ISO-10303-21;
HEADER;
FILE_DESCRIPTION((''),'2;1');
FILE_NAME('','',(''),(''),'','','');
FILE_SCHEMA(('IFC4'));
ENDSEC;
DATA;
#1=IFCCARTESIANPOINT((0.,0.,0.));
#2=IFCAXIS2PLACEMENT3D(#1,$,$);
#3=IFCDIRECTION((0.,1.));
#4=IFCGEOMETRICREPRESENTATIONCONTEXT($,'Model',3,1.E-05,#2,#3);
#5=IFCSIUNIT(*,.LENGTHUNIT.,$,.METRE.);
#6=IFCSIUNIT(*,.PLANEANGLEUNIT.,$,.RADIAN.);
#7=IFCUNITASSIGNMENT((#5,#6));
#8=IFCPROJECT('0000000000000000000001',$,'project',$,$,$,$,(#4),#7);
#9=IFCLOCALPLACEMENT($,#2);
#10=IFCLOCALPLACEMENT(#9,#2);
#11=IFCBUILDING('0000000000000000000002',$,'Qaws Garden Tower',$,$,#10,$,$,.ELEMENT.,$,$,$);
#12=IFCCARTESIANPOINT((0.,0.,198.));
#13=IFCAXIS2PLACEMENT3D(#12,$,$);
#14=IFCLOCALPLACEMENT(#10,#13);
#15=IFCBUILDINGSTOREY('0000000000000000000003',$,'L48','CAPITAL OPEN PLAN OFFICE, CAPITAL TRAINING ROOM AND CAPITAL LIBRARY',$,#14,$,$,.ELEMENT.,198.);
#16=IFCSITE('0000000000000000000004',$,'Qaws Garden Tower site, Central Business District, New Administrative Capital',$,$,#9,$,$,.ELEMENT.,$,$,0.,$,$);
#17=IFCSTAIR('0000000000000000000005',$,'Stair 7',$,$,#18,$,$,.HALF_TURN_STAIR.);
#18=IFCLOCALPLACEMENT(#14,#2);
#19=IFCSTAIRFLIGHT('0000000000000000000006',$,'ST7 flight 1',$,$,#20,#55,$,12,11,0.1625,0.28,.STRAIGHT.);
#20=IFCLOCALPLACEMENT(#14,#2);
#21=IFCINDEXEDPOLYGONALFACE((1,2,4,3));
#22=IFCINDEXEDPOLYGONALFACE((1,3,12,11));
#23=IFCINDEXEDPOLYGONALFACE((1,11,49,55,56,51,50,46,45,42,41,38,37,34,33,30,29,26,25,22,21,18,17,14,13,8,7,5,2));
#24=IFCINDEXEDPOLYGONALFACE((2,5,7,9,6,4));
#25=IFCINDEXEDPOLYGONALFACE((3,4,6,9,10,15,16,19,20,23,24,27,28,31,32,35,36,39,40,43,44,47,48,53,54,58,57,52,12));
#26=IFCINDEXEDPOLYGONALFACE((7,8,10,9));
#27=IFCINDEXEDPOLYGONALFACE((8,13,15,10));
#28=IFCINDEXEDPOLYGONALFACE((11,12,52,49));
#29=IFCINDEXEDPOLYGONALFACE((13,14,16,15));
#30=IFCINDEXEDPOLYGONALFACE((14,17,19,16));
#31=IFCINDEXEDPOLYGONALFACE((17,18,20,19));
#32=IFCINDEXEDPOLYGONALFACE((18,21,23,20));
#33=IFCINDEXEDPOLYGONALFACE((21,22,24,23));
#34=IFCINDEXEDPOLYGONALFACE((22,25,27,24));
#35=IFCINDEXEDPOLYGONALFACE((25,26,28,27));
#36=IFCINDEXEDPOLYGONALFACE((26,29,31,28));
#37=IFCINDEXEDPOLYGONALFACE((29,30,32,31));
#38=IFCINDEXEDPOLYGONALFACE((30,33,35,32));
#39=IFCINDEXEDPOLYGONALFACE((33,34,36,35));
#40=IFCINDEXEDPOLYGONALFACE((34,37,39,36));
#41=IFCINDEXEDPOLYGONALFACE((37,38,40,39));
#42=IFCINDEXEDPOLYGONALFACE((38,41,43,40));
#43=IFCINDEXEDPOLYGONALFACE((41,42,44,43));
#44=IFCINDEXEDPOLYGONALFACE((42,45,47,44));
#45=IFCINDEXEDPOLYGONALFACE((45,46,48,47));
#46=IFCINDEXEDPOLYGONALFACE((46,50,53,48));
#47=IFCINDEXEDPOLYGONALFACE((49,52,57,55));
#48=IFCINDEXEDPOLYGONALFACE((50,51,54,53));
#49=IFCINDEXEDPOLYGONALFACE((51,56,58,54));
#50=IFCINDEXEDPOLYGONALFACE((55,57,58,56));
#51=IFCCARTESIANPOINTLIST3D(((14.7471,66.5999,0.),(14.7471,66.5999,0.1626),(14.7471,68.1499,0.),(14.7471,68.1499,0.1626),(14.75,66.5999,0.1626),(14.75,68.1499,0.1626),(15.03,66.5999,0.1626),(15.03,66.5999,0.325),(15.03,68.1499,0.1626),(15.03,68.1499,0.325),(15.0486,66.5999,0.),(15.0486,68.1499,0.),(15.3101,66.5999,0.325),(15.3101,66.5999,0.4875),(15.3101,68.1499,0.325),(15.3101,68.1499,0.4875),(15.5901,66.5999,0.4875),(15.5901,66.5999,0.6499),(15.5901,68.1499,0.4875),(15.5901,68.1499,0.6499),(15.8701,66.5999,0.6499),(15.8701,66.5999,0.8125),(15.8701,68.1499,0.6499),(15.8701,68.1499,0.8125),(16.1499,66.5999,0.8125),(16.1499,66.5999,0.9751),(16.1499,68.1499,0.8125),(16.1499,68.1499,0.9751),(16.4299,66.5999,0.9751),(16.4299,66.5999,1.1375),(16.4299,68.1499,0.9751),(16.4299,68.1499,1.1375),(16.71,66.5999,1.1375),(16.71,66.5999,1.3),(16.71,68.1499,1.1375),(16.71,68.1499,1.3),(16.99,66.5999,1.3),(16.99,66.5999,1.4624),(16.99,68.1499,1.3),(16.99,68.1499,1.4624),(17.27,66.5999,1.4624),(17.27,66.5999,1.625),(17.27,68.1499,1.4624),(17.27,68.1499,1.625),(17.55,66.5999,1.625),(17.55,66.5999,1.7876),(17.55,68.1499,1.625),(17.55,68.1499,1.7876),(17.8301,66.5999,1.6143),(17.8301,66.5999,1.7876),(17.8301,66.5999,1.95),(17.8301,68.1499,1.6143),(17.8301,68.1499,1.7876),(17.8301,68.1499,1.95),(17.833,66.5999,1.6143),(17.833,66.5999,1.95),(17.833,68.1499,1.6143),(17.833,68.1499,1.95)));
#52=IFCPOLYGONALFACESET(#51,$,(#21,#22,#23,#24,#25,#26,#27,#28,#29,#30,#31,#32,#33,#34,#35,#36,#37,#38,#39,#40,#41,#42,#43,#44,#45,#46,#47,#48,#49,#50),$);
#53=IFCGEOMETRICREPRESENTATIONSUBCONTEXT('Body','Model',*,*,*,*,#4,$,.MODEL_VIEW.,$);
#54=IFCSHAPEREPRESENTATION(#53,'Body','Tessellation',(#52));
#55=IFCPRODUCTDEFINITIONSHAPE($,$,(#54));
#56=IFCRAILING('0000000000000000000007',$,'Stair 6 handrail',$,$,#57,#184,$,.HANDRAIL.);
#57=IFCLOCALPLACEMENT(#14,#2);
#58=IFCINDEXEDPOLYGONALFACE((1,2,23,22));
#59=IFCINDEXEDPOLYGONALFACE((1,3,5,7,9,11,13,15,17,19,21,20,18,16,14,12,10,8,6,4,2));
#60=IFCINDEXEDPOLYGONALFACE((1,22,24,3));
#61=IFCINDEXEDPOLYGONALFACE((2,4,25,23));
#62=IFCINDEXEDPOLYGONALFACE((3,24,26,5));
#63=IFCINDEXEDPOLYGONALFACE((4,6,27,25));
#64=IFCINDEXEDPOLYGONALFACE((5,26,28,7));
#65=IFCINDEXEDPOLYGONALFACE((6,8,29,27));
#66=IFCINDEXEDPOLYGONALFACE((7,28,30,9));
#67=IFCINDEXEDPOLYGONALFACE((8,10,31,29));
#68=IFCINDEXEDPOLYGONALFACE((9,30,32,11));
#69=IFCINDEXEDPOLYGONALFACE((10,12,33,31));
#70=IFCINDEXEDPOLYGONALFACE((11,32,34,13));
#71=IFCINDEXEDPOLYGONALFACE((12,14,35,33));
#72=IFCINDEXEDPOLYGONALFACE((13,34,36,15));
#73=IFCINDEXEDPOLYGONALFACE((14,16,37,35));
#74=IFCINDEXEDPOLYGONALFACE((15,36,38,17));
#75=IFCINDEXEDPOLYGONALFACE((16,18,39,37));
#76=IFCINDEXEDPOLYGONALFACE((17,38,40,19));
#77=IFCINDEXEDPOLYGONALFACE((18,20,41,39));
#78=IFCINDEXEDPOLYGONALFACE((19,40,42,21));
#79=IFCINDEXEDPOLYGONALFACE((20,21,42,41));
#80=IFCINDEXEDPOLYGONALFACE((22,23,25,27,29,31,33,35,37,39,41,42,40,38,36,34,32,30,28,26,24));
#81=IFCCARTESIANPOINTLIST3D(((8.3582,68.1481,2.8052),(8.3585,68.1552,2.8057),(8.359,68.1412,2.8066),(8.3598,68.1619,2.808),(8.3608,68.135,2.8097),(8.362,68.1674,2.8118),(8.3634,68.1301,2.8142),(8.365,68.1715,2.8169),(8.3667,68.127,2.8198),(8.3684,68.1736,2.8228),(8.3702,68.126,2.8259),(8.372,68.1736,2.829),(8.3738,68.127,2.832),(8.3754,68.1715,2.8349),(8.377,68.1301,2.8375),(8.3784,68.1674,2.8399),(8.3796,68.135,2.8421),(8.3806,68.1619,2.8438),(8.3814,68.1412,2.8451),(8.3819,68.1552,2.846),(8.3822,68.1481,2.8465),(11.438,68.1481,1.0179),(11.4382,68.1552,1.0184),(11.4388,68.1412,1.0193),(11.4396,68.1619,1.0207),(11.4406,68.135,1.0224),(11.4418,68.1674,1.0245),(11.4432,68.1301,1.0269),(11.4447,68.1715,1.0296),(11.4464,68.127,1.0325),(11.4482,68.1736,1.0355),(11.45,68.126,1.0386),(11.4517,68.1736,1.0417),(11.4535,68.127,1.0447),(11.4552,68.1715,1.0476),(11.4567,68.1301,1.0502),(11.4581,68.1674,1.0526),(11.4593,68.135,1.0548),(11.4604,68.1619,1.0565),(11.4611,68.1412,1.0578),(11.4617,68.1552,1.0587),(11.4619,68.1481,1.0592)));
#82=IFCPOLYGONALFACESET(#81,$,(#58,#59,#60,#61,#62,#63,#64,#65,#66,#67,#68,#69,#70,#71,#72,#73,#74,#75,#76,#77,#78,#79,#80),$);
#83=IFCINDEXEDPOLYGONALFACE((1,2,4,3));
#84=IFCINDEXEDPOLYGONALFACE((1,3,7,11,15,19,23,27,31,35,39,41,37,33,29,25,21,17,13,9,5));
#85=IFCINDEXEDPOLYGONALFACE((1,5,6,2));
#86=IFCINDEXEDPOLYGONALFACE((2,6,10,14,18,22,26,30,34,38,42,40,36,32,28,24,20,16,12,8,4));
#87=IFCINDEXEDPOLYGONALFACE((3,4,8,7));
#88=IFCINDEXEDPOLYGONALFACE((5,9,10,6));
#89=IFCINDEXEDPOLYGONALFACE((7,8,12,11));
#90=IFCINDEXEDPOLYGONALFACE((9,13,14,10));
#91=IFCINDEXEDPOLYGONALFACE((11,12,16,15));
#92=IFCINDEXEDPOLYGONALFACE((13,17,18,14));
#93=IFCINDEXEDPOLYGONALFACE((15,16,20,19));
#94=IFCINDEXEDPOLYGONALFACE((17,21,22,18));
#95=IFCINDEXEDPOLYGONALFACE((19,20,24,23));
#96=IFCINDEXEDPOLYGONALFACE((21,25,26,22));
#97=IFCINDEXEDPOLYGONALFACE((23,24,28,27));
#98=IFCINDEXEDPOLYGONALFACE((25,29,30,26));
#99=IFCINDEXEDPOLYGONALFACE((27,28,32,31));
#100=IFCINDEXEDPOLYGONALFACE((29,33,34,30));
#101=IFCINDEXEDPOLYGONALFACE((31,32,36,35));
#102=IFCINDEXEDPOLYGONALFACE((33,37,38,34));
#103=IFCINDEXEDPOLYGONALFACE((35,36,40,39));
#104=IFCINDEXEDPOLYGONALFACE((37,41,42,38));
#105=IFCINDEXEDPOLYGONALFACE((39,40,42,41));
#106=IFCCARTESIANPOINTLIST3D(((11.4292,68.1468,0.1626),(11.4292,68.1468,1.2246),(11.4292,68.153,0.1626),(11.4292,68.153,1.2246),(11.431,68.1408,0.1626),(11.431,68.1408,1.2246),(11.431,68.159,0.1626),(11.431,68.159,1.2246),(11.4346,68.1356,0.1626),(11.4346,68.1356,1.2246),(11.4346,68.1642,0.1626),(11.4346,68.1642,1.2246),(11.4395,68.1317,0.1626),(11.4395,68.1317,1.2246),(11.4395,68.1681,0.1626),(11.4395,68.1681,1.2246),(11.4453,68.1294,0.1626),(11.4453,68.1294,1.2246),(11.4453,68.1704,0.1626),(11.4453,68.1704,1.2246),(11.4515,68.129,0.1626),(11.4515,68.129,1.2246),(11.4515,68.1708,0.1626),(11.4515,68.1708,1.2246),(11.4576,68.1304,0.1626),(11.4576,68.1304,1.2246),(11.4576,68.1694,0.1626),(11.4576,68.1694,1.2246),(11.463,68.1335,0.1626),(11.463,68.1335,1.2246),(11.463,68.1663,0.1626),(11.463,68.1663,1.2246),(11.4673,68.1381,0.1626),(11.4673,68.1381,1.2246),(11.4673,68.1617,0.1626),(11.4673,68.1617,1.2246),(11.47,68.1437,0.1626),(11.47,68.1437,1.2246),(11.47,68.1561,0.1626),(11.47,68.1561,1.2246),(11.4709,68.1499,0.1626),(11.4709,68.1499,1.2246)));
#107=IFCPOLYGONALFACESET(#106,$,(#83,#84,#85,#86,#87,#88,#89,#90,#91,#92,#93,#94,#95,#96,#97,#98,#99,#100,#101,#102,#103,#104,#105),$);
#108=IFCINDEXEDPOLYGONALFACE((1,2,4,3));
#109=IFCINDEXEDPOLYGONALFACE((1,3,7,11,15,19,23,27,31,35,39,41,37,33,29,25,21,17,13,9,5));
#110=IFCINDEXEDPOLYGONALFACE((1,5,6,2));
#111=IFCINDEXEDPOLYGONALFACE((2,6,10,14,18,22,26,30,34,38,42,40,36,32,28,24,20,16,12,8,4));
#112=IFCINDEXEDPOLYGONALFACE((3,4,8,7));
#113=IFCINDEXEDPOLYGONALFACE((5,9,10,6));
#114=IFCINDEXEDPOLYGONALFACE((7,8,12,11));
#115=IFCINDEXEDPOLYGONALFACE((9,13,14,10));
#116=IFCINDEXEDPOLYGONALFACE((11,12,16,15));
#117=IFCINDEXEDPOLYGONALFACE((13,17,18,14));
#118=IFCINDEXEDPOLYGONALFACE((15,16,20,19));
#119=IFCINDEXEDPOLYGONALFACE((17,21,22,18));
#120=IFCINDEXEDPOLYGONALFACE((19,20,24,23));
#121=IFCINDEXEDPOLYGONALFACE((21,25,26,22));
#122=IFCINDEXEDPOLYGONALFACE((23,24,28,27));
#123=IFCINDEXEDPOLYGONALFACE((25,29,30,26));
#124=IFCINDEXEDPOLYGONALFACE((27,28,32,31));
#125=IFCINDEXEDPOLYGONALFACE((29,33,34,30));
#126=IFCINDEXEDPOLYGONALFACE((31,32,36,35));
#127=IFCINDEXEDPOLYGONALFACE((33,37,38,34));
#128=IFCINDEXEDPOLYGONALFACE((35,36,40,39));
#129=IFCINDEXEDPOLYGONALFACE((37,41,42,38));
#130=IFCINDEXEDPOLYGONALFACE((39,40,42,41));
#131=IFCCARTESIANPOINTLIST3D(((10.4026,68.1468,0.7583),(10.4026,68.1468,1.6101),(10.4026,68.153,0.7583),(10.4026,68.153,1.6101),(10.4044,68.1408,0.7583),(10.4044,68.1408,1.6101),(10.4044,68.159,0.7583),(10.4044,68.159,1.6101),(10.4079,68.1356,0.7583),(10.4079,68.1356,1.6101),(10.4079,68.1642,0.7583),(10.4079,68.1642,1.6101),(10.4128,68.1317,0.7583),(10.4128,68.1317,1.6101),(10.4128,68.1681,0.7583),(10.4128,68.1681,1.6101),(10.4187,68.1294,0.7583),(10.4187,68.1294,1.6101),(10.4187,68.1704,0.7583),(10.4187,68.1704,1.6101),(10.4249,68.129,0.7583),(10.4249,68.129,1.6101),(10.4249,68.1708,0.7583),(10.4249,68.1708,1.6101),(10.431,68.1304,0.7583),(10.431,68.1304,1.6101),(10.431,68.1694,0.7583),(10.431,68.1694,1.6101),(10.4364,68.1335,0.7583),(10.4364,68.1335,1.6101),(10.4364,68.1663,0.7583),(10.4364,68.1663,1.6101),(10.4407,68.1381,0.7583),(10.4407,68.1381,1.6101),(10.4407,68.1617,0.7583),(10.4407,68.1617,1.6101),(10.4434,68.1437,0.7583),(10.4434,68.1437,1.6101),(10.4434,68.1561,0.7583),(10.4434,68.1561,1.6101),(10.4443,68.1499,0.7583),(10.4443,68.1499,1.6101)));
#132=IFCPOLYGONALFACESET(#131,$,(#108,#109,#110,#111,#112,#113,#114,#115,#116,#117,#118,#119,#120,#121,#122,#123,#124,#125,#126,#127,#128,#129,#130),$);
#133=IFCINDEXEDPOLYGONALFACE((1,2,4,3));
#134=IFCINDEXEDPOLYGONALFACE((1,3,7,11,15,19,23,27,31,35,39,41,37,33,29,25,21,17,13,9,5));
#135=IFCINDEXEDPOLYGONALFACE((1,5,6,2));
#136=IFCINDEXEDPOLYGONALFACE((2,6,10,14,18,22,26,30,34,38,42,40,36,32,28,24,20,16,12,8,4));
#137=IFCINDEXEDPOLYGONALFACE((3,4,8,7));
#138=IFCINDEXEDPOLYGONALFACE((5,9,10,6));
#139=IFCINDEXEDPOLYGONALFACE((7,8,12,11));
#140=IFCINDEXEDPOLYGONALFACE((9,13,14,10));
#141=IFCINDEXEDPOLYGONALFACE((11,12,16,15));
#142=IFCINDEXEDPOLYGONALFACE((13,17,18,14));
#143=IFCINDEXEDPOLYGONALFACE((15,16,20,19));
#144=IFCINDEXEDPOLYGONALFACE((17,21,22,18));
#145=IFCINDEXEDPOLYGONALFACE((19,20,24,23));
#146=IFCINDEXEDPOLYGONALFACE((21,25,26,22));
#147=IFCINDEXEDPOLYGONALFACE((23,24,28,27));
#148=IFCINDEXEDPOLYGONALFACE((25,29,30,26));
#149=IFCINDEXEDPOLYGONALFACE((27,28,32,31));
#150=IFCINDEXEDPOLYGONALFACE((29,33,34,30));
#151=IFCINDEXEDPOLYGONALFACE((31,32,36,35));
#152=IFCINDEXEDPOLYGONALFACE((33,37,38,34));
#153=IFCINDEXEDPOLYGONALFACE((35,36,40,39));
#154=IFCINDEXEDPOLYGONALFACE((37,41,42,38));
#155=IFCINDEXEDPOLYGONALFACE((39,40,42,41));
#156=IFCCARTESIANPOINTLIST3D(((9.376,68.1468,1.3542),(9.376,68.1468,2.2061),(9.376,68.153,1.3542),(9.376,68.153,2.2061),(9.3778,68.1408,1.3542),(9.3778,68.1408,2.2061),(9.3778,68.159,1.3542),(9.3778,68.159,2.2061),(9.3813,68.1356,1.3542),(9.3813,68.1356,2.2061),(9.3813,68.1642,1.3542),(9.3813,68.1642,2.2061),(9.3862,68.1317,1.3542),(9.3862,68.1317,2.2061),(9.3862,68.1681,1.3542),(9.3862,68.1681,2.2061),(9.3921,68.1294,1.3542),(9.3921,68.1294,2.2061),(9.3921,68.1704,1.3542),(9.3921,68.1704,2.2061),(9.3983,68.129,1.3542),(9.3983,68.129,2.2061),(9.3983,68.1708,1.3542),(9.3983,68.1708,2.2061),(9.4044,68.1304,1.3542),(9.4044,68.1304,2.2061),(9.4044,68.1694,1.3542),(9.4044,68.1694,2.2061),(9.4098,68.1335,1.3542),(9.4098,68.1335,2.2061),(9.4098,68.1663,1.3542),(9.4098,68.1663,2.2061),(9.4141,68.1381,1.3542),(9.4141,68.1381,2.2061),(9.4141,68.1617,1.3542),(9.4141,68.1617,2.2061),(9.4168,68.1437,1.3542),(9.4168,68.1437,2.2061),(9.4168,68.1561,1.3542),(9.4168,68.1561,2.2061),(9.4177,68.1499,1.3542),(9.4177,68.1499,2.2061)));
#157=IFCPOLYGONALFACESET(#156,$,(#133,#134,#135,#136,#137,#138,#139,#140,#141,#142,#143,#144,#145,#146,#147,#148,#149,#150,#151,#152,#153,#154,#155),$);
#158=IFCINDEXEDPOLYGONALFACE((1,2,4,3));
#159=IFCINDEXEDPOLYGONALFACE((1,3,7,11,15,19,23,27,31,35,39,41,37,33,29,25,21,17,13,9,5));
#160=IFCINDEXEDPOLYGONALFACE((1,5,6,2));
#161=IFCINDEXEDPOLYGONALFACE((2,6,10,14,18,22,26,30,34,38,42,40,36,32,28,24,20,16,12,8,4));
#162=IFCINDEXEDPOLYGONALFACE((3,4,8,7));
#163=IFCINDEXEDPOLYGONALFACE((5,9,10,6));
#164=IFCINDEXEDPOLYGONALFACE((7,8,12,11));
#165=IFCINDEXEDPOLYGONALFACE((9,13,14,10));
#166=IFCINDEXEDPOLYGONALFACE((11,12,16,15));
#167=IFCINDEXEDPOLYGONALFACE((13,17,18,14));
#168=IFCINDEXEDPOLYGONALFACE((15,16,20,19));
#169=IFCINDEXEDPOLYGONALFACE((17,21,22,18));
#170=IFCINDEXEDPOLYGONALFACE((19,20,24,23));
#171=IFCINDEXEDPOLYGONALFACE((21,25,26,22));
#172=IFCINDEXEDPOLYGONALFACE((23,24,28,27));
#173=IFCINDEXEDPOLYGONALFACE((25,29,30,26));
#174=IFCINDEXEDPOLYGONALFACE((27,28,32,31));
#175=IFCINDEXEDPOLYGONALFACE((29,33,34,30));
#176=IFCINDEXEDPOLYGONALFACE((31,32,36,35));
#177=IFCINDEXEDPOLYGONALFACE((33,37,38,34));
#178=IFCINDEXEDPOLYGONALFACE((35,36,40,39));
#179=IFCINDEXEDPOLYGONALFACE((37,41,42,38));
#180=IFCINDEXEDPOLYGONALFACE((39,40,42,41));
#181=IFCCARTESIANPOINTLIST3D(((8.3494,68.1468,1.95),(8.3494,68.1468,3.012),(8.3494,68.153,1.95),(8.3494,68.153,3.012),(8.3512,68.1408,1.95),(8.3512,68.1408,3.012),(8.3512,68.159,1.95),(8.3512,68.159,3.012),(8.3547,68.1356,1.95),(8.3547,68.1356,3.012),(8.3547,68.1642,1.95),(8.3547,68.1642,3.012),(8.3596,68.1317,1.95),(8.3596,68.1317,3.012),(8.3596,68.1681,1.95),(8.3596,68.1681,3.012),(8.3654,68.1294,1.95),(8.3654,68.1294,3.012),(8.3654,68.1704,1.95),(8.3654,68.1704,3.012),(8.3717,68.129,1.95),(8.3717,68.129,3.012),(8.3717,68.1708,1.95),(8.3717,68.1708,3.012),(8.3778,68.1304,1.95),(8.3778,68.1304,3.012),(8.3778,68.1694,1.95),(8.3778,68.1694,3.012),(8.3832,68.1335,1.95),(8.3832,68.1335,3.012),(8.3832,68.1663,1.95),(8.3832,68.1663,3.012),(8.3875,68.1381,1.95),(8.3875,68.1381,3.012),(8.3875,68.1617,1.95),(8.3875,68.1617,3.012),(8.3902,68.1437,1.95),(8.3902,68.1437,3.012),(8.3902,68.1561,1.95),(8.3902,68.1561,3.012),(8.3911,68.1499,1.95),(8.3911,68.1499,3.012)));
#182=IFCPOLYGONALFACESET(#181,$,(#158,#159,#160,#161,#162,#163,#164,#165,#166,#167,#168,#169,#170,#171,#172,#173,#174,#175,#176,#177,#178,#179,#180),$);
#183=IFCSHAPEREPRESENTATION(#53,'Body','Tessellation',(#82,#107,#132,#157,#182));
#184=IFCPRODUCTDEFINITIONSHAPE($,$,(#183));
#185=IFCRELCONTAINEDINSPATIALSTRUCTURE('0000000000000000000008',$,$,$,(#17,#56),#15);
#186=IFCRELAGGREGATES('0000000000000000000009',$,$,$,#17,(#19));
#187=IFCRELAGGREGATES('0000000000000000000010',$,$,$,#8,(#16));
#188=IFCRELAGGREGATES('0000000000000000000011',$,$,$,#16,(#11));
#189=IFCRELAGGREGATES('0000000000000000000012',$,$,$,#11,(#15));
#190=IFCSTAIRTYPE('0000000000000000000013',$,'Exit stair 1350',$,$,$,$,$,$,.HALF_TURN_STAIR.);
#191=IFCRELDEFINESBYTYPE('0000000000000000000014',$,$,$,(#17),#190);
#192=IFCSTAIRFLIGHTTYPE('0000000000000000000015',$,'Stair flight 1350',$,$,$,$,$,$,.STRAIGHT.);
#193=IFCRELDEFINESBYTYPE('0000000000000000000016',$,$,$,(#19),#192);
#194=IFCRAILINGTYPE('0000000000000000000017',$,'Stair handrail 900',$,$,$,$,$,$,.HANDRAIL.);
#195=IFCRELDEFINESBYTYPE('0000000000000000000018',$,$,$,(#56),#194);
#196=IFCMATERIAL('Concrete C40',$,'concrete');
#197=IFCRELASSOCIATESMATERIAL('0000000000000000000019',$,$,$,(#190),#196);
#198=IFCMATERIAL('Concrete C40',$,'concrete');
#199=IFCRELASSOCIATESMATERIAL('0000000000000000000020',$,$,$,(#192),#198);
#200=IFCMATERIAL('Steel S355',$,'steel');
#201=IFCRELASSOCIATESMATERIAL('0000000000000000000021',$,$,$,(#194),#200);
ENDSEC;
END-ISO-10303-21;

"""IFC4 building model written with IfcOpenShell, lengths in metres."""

from ifc_helpers import new_model, si_unit, direction, frame, origin, origin_2d, place, context, subcontext, project, spatial, polyline, circle, outline, extrude, material, type_object, element, aggregate, save


model = new_model("IFC4")

# Units and contexts
model_context = context("Model", 3, precision=1e-05, world=origin(), true_north=direction((0.0, 1.0)))
body_context = subcontext(model_context, "Body", "Model", "MODEL_VIEW")
ifc_project = project(units=[si_unit("LENGTHUNIT", "METRE"), si_unit("PLANEANGLEUNIT", "RADIAN")], contexts=[model_context])

# Site, building, storey
site_placement = place(None, origin())
site = spatial("IfcSite", under=ifc_project, at=site_placement, Name="Qaws Garden Tower site, Central Business District, New Administrative Capital", CompositionType="ELEMENT", RefElevation=0.0)
building_placement = place(site_placement, origin())
building = spatial("IfcBuilding", under=site, at=building_placement, Name="Qaws Garden Tower", CompositionType="ELEMENT")
storey_placement = place(building_placement, frame((0.0, 0.0, 198.0)))
storey = spatial("IfcBuildingStorey", under=building, at=storey_placement, Name="L48", Description="CAPITAL OPEN PLAN OFFICE, CAPITAL TRAINING ROOM AND CAPITAL LIBRARY", CompositionType="ELEMENT", Elevation=198.0)

# Shared definitions
ifc_material_1 = material(Name="Concrete C40", Category="concrete")
stair_type = type_object("IfcStairType", Name="Exit stair 1350", PredefinedType="HALF_TURN_STAIR", material=ifc_material_1)
placement = place(storey_placement, origin())
ifc_material_2 = material(Name="Concrete C40", Category="concrete")
stair_flight_type = type_object("IfcStairFlightType", Name="Stair flight 1350", PredefinedType="STRAIGHT", material=ifc_material_2)

# Stair, stair flight
stair_1 = element("IfcStair", 1, at=placement, inside=storey, type_object=stair_type, Name="Stair 7", PredefinedType="HALF_TURN_STAIR")
stair_flight_1_placement = place(storey_placement, frame((14.75, 67.375, 0.0), z_axis=(0.0, 0.0, 1.0), x_axis=(1.0, 0.0, 0.0)))
stair_flight_1 = element("IfcStairFlight", 2, at=stair_flight_1_placement, type_object=stair_flight_type, Name="ST7 flight 1", NumberOfRisers=12, NumberOfTreads=11, PredefinedType="STRAIGHT", RiserHeight=0.1625, TreadLength=0.28, context=body_context, shape_type="SweptSolid", body=[
    extrude(outline(polyline([(-0.0029, 0.0), (-0.0029, 0.1626), (0.0, 0.1626), (0.28, 0.1626), (0.28, 0.325), (0.5601, 0.325), (0.5601, 0.4875), (0.8401, 0.4875), (0.8401, 0.6499), (1.1201, 0.6499), (1.1201, 0.8125), (1.3999, 0.8125), (1.3999, 0.9751), (1.6799, 0.9751), (1.6799, 1.1375), (1.96, 1.1375), (1.96, 1.3), (2.24, 1.3), (2.24, 1.4624), (2.52, 1.4624), (2.52, 1.625), (2.8, 1.625), (2.8, 1.7876), (3.0801, 1.7876), (3.0801, 1.95), (3.083, 1.95), (3.083, 1.6143), (3.0801, 1.6143), (0.2986, 0.0), (-0.0029, 0.0)])), frame((0.0, 0.7749, 0.0), z_axis=(0.0, -1.0, 0.0), x_axis=(1.0, 0.0, 0.0)), (0.0, 0.0, 1.0), 1.55),
])
aggregate(stair_1, [stair_flight_1])

# Railing
ifc_material_3 = material(Name="Steel S355", Category="steel")
railing_type = type_object("IfcRailingType", Name="Stair handrail 900", PredefinedType="HANDRAIL", material=ifc_material_3)
railing_1_placement = place(storey_placement, frame((11.45, 68.1499, 0.1626)))
element("IfcRailing", 3, at=railing_1_placement, inside=storey, type_object=railing_type, Name="Stair 6 handrail", PredefinedType="HANDRAIL", context=body_context, shape_type="SweptSolid", body=[
    extrude(circle(Radius=0.0239, at=origin_2d()), frame((0.0, 0.0, 0.876), z_axis=(-0.864903, 0.0, 0.501939), x_axis=(0.0, -1.0, 0.0)), (0.0, 0.0, 1.0), 3.5608),
    extrude(circle(Radius=0.021, at=origin_2d()), origin(), (0.0, 0.0, 1.0), 1.062),
    extrude(circle(Radius=0.021, at=origin_2d()), frame((-1.0266, 0.0, 0.5957)), (0.0, 0.0, 1.0), 0.8518),
    extrude(circle(Radius=0.021, at=origin_2d()), frame((-2.0532, 0.0, 1.1917)), (0.0, 0.0, 1.0), 0.8518),
    extrude(circle(Radius=0.021, at=origin_2d()), frame((-3.0798, 0.0, 1.7874)), (0.0, 0.0, 1.0), 1.062),
])

save(model, "model.ifc")
